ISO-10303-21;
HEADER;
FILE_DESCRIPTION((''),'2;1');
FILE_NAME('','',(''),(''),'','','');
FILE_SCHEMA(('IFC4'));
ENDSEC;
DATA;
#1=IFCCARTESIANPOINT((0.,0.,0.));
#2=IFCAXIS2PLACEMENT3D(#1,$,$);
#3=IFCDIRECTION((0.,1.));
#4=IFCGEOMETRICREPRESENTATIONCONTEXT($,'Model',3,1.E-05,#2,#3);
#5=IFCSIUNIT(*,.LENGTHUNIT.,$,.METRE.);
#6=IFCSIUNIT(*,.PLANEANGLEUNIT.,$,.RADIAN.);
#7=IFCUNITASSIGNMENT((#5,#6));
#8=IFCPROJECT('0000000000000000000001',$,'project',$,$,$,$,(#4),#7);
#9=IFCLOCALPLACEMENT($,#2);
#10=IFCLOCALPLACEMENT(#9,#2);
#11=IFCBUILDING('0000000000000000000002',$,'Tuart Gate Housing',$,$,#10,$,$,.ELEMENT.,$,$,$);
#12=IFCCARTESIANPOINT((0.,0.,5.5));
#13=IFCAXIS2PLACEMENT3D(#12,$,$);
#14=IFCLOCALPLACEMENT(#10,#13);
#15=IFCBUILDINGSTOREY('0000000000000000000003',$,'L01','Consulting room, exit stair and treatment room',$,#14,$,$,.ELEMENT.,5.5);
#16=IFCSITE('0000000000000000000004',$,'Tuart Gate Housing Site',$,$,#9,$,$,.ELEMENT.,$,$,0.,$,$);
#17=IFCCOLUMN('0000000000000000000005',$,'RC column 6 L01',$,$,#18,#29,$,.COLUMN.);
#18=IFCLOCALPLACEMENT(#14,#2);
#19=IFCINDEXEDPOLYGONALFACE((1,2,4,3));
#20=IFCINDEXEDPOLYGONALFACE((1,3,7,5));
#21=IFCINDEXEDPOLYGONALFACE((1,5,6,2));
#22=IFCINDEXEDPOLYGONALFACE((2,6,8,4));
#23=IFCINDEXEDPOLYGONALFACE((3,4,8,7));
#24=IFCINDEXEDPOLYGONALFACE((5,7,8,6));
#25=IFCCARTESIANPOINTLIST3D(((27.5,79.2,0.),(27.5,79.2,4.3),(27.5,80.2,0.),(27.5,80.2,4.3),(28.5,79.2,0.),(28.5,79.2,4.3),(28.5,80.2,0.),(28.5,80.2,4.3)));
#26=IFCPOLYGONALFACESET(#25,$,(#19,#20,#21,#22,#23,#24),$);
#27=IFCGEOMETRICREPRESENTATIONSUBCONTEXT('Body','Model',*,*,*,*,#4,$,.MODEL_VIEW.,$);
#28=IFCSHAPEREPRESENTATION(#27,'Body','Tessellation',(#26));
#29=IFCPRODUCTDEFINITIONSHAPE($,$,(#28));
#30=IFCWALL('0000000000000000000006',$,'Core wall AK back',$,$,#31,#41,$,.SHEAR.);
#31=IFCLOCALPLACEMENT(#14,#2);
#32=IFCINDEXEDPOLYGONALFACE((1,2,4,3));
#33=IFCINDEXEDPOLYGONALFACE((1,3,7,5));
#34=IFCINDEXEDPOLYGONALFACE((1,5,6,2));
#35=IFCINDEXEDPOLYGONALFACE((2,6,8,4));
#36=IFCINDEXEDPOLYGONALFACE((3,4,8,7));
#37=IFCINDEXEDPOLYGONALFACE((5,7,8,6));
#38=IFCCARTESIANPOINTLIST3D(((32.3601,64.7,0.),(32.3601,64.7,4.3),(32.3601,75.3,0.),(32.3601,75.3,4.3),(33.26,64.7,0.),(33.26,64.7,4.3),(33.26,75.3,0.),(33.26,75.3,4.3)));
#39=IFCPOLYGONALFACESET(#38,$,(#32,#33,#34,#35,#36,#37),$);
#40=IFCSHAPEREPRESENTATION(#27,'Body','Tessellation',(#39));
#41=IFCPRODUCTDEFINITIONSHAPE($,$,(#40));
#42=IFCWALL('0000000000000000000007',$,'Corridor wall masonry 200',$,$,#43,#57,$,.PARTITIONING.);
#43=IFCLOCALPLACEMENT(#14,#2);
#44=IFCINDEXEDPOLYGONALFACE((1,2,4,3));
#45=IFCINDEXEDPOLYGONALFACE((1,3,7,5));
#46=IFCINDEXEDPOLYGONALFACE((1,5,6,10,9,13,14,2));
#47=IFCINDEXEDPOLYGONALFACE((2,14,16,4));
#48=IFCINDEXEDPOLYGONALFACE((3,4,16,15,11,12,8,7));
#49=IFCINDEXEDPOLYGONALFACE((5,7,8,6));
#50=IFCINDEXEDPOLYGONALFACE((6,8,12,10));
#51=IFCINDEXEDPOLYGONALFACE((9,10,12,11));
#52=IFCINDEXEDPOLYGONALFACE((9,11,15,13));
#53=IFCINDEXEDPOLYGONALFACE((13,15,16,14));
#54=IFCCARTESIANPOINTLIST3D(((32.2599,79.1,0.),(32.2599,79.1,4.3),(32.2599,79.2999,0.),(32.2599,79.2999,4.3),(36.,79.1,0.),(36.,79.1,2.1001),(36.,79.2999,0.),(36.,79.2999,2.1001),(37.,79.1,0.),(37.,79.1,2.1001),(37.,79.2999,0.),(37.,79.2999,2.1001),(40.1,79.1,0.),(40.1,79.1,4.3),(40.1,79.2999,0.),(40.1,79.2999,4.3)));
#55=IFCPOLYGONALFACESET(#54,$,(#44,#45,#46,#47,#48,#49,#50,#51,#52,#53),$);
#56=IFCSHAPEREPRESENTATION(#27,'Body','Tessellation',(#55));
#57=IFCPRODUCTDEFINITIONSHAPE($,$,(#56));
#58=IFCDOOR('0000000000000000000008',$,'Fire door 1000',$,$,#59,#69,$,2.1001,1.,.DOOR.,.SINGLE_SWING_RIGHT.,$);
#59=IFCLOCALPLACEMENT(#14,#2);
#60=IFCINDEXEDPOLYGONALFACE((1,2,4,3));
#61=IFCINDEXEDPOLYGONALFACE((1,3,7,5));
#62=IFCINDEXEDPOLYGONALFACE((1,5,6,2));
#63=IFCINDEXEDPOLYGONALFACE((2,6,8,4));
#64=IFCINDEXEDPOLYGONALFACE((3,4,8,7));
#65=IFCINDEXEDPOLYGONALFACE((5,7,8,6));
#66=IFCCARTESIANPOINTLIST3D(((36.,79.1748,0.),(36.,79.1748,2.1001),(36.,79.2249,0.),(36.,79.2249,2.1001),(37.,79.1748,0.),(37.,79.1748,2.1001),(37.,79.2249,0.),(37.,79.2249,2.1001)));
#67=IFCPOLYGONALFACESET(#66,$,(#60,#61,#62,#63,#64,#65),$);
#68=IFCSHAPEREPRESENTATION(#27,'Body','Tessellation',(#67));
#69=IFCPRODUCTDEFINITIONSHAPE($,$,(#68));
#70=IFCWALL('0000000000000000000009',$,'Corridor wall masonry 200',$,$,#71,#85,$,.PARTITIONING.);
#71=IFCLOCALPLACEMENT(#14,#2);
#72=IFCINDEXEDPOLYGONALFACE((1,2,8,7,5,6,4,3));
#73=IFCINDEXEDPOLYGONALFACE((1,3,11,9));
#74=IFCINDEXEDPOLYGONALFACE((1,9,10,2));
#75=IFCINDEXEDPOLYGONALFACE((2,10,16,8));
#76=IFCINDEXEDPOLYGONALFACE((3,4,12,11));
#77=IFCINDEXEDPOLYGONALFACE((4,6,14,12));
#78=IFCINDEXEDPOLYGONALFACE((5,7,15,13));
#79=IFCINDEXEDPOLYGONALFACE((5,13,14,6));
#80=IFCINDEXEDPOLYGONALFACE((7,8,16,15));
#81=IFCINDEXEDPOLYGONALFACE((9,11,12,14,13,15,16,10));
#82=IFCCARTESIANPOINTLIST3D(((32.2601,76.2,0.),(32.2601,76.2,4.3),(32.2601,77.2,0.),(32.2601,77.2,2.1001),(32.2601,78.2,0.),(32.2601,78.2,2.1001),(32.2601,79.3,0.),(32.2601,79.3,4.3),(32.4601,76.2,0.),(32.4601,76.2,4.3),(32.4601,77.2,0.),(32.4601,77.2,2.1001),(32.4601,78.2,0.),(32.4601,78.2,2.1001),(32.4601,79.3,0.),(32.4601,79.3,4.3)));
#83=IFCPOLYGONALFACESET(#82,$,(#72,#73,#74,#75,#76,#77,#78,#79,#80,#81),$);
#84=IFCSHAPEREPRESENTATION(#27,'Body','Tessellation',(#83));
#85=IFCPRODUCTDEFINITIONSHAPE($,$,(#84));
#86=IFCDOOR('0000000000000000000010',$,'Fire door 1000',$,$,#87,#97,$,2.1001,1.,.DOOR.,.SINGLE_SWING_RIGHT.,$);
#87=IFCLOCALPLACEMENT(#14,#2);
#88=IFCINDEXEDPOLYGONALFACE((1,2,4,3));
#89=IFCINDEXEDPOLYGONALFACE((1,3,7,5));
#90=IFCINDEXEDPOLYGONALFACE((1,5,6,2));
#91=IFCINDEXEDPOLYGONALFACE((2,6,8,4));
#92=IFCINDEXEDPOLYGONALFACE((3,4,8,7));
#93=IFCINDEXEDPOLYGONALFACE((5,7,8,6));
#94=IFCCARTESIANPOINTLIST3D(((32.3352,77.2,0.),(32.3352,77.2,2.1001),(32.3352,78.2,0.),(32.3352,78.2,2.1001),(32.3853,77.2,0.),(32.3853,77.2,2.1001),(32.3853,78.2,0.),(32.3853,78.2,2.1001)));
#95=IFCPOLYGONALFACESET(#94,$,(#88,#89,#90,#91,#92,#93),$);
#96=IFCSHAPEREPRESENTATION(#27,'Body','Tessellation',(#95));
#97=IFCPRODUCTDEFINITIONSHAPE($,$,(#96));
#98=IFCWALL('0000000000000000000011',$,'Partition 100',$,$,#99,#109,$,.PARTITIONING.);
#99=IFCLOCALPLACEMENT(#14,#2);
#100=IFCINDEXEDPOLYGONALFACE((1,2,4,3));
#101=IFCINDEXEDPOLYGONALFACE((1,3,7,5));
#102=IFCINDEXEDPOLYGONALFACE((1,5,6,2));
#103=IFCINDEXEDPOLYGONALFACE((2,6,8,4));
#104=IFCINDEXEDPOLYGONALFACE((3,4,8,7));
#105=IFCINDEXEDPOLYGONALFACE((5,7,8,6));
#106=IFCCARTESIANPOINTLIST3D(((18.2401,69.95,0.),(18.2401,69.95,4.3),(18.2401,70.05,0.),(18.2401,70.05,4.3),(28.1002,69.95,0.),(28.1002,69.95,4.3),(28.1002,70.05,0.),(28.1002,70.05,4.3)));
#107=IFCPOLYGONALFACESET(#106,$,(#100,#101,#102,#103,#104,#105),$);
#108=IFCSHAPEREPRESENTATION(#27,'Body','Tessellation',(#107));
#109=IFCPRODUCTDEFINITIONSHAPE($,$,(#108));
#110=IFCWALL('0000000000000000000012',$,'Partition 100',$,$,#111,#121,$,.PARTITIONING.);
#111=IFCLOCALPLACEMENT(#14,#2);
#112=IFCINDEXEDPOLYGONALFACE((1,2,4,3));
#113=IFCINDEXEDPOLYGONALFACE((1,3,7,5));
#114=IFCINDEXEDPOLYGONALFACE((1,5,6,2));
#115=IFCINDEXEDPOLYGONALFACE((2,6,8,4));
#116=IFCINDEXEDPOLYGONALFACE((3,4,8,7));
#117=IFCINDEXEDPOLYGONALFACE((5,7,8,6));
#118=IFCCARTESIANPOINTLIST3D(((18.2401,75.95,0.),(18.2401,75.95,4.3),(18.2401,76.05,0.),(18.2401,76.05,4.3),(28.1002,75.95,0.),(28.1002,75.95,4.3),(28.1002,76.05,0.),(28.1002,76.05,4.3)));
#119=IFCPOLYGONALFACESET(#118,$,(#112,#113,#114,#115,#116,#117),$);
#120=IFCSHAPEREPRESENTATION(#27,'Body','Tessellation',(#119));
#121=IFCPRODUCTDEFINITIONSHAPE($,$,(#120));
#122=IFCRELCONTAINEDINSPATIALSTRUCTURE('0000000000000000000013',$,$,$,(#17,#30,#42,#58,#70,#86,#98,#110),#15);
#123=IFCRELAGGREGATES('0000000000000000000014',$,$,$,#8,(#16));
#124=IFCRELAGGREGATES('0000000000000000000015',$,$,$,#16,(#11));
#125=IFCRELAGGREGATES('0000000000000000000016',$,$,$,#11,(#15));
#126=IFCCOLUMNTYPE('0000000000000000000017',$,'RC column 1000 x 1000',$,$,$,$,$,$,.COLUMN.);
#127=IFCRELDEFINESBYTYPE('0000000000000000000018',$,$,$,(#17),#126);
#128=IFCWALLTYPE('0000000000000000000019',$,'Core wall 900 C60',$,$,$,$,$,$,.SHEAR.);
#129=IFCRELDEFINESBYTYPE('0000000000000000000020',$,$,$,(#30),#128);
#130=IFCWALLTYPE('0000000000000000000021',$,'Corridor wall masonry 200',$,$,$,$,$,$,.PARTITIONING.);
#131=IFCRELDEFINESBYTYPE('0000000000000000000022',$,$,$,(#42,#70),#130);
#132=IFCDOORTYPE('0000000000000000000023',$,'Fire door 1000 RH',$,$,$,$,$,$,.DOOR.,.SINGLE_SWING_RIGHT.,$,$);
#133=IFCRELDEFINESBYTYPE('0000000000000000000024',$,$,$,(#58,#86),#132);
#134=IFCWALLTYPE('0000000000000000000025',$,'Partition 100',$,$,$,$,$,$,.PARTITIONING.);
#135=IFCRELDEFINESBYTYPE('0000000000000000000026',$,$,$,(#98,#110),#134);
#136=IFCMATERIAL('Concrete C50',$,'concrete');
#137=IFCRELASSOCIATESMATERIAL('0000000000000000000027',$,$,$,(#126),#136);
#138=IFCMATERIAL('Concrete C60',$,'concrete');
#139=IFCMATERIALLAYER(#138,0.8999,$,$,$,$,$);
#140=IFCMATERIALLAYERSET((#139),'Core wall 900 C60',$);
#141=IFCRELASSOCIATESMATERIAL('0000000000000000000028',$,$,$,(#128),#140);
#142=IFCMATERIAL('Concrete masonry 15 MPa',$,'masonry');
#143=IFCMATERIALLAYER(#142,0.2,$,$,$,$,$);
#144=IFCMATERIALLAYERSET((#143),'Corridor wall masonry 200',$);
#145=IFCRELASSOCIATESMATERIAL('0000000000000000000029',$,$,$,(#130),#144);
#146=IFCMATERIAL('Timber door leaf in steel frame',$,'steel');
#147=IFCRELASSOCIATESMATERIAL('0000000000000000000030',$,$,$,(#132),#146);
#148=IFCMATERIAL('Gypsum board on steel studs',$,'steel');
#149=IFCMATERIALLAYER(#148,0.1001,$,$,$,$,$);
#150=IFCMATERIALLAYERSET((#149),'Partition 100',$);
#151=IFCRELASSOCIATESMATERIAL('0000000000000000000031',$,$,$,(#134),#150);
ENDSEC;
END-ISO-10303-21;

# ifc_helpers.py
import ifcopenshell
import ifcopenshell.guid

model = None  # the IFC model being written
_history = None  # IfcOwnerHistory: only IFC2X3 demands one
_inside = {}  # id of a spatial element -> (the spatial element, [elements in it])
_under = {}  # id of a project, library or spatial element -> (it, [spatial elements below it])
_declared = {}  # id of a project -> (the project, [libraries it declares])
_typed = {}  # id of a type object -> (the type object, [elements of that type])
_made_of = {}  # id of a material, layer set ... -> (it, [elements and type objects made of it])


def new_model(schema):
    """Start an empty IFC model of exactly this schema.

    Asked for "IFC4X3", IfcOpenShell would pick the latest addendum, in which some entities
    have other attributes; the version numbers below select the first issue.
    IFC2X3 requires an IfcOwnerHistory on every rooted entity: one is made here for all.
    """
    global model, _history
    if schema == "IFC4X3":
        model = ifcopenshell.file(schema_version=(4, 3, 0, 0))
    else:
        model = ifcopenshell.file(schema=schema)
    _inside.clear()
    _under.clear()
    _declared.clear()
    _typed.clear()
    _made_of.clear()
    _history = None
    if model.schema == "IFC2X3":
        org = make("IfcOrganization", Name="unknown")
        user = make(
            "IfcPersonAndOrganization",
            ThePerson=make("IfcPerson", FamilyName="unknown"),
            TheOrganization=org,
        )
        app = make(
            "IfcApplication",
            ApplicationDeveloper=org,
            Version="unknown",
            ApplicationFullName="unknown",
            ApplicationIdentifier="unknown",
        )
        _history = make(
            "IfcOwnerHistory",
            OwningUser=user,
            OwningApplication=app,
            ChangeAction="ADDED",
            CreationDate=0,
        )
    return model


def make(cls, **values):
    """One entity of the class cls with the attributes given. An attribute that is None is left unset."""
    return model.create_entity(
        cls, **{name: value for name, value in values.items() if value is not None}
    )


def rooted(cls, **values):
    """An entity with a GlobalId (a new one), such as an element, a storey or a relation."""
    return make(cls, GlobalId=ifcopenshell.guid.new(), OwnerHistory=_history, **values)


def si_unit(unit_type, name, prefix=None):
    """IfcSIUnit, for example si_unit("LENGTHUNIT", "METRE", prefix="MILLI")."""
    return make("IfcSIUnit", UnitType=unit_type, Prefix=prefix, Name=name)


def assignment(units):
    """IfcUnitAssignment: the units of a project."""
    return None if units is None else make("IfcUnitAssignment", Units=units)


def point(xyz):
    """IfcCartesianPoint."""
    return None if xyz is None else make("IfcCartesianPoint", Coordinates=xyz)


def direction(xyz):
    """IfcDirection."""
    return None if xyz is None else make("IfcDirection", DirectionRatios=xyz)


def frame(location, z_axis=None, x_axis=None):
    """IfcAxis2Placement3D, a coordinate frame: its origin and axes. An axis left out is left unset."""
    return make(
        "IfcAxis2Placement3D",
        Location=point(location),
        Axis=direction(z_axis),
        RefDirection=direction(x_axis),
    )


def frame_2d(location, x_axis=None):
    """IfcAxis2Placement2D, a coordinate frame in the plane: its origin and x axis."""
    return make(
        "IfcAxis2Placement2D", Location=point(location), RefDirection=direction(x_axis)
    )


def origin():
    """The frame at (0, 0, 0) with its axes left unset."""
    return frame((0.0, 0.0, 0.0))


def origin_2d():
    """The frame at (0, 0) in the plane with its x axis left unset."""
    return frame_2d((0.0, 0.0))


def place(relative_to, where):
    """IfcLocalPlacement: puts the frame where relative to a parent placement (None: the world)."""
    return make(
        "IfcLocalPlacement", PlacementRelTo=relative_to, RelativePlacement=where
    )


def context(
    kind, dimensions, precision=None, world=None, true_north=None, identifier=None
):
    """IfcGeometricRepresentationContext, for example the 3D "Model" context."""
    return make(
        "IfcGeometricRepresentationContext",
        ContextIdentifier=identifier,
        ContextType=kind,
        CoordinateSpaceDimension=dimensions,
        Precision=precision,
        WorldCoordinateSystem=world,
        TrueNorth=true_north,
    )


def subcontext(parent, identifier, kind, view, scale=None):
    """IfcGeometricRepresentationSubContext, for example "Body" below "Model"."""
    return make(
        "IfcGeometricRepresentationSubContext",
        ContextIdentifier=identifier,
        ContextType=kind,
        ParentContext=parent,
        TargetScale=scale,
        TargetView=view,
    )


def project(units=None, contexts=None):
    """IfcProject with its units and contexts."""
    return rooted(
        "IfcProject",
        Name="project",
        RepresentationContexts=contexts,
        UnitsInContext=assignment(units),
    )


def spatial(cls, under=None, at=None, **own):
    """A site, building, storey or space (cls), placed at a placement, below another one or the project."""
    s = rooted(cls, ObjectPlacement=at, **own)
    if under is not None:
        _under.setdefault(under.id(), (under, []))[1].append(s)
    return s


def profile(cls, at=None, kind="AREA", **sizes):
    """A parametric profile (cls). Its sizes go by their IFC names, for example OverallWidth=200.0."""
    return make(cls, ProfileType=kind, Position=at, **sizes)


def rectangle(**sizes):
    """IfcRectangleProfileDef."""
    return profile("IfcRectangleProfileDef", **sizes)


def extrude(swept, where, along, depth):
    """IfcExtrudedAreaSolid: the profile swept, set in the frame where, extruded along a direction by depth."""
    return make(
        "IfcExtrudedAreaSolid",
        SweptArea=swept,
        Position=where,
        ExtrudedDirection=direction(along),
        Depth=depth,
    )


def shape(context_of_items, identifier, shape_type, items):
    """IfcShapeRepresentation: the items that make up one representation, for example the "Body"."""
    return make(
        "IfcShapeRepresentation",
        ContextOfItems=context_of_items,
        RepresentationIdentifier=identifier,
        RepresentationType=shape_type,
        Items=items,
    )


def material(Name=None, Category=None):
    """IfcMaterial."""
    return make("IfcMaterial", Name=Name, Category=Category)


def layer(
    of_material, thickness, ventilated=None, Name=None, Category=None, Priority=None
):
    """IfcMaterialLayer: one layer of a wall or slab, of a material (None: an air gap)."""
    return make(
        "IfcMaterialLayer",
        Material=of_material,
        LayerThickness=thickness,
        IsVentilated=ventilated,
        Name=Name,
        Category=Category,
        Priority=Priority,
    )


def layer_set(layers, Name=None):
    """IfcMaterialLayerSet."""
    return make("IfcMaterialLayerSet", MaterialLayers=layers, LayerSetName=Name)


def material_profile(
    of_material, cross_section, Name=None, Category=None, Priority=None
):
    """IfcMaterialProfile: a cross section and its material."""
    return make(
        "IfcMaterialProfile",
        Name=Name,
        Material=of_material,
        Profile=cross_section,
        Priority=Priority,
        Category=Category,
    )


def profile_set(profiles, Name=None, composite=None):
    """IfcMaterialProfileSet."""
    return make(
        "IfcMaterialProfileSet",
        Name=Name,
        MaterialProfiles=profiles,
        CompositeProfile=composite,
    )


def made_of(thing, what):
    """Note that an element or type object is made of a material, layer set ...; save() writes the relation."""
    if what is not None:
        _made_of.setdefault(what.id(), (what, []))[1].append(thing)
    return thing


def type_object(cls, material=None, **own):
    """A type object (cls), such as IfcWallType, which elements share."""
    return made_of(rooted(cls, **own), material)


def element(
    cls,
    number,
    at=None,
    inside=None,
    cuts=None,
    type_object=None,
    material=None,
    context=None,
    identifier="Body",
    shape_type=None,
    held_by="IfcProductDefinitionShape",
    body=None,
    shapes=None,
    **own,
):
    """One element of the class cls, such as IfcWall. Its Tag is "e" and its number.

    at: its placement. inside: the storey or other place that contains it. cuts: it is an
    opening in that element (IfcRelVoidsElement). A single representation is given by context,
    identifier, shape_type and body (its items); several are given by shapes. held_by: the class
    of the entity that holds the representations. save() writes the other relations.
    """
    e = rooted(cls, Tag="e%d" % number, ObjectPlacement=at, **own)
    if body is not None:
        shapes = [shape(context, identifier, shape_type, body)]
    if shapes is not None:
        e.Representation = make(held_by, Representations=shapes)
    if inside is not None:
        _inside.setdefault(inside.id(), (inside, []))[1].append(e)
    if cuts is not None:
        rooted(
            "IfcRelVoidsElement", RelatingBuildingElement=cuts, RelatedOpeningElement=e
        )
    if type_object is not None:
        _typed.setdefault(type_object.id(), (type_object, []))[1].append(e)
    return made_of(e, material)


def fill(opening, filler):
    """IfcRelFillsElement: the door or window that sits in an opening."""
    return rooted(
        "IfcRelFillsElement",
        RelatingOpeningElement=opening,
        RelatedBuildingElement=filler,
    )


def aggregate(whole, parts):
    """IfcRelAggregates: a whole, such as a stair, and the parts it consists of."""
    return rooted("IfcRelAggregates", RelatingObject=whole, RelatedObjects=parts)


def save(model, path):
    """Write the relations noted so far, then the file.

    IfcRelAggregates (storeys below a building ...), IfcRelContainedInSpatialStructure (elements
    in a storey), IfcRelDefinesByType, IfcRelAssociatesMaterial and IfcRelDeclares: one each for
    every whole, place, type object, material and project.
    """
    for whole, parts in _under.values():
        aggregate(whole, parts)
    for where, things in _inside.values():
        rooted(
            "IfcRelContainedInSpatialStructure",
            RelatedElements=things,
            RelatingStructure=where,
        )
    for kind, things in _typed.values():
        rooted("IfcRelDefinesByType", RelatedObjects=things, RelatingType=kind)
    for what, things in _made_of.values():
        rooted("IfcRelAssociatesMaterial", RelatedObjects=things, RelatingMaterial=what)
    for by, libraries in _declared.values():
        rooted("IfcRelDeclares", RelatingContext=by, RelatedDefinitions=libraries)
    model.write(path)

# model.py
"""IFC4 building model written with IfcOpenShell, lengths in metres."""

from ifc_helpers import new_model, si_unit, direction, frame, frame_2d, origin, origin_2d, place, context, subcontext, project, spatial, rectangle, extrude, material, layer, layer_set, material_profile, profile_set, type_object, element, fill, save


model = new_model("IFC4")

# Units and contexts
model_context = context("Model", 3, precision=1e-05, world=origin(), true_north=direction((0.0, 1.0)))
body_context = subcontext(model_context, "Body", "Model", "MODEL_VIEW")
ifc_project = project(units=[si_unit("LENGTHUNIT", "METRE"), si_unit("PLANEANGLEUNIT", "RADIAN")], contexts=[model_context])

# Site, building, storey
site_placement = place(None, origin())
site = spatial("IfcSite", under=ifc_project, at=site_placement, Name="Tuart Gate Housing Site", CompositionType="ELEMENT", RefElevation=0.0)
building_placement = place(site_placement, origin())
building = spatial("IfcBuilding", under=site, at=building_placement, Name="Tuart Gate Housing", CompositionType="ELEMENT")
storey_placement = place(building_placement, frame((0.0, 0.0, 5.5)))
storey = spatial("IfcBuildingStorey", under=building, at=storey_placement, Name="L01", Description="Consulting room, exit stair and treatment room", CompositionType="ELEMENT", Elevation=5.5)

# Column
ifc_material_1 = material(Name="Concrete C50", Category="concrete")
ifc_material_profile = material_profile(ifc_material_1, rectangle(XDim=1.0, YDim=1.0, at=origin_2d()), Name="RC column 1000 x 1000")
ifc_profile_set = profile_set([ifc_material_profile], Name="Concrete C50")
column_type = type_object("IfcColumnType", Name="RC column 1000 x 1000", PredefinedType="COLUMN", material=ifc_profile_set)
column_placement = place(storey_placement, frame((28.0, 79.7, 0.0), z_axis=(0.0, 0.0, 1.0), x_axis=(1.0, 0.0, 0.0)))
element("IfcColumn", 1, at=column_placement, inside=storey, type_object=column_type, Name="RC column 6 L01", PredefinedType="COLUMN", context=body_context, shape_type="SweptSolid", body=[
    extrude(rectangle(XDim=1.0, YDim=1.0, at=origin_2d()), origin(), (0.0, 0.0, 1.0), 4.3),
])

# Wall
ifc_material_2 = material(Name="Concrete C60", Category="concrete")
ifc_layer_1 = layer(ifc_material_2, 0.8999)
ifc_layer_set_1 = layer_set([ifc_layer_1], Name="Core wall 900 C60")
wall_type_1 = type_object("IfcWallType", Name="Core wall 900 C60", PredefinedType="SHEAR", material=ifc_layer_set_1)
wall_1_placement = place(storey_placement, frame((32.8101, 75.3, 0.0), z_axis=(0.0, 0.0, 1.0), x_axis=(0.0, -1.0, 0.0)))
element("IfcWall", 2, at=wall_1_placement, inside=storey, type_object=wall_type_1, Name="Core wall AK back", PredefinedType="SHEAR", context=body_context, shape_type="SweptSolid", body=[
    extrude(rectangle(XDim=10.6001, YDim=0.8999, at=frame_2d((5.3, 0.0))), origin(), (0.0, 0.0, 1.0), 4.3),
])

# Walls, openings, doors
ifc_material_3 = material(Name="Concrete masonry 15 MPa", Category="masonry")
ifc_layer_2 = layer(ifc_material_3, 0.2)
ifc_layer_set_2 = layer_set([ifc_layer_2], Name="Corridor wall masonry 200")
wall_type_2 = type_object("IfcWallType", Name="Corridor wall masonry 200", PredefinedType="PARTITIONING", material=ifc_layer_set_2)
wall_2_placement = place(storey_placement, frame((32.26, 79.2, 0.0), z_axis=(0.0, 0.0, 1.0), x_axis=(1.0, 0.0, 0.0)))
wall_2 = element("IfcWall", 3, at=wall_2_placement, inside=storey, type_object=wall_type_2, Name="Corridor wall masonry 200", PredefinedType="PARTITIONING", context=body_context, shape_type="SweptSolid", body=[
    extrude(rectangle(XDim=7.8401, YDim=0.2, at=frame_2d((3.9199, 0.0))), origin(), (0.0, 0.0, 1.0), 4.3),
])
opening_1_placement = place(wall_2_placement, frame((3.74, 0.0, 0.0)))
opening_1 = element("IfcOpeningElement", 4, at=opening_1_placement, cuts=wall_2, PredefinedType="OPENING", context=body_context, shape_type="SweptSolid", body=[
    extrude(rectangle(XDim=1.0, YDim=2.1001, at=frame_2d((0.5, 1.05))), frame((0.0, 0.1099, 0.0), z_axis=(0.0, -1.0, 0.0), x_axis=(1.0, 0.0, 0.0)), (0.0, 0.0, 1.0), 0.22),
])
ifc_material_4 = material(Name="Timber door leaf in steel frame", Category="steel")
door_type = type_object("IfcDoorType", Name="Fire door 1000 RH", OperationType="SINGLE_SWING_RIGHT", PredefinedType="DOOR", material=ifc_material_4)
door_1_placement = place(opening_1_placement, frame((1.0, 0.0, 0.0), z_axis=(0.0, 0.0, 1.0), x_axis=(-1.0, 0.0, 0.0)))
door_1 = element("IfcDoor", 5, at=door_1_placement, inside=storey, type_object=door_type, Name="Fire door 1000", OperationType="SINGLE_SWING_RIGHT", OverallHeight=2.1001, OverallWidth=1.0, PredefinedType="DOOR", context=body_context, shape_type="SweptSolid", body=[
    extrude(rectangle(XDim=1.0, YDim=2.1001, at=frame_2d((0.5, 1.05))), frame((0.0, 0.0251, 0.0), z_axis=(0.0, -1.0, 0.0), x_axis=(1.0, 0.0, 0.0)), (0.0, 0.0, 1.0), 0.05),
])
fill(opening_1, door_1)
wall_3_placement = place(storey_placement, frame((32.3601, 76.2, 0.0), z_axis=(0.0, 0.0, 1.0), x_axis=(0.0, 1.0, 0.0)))
wall_3 = element("IfcWall", 6, at=wall_3_placement, inside=storey, type_object=wall_type_2, Name="Corridor wall masonry 200", PredefinedType="PARTITIONING", context=body_context, shape_type="SweptSolid", body=[
    extrude(rectangle(XDim=3.1001, YDim=0.2, at=frame_2d((1.55, 0.0))), origin(), (0.0, 0.0, 1.0), 4.3),
])
opening_2_placement = place(wall_3_placement, frame((1.0, 0.0, 0.0)))
opening_2 = element("IfcOpeningElement", 7, at=opening_2_placement, cuts=wall_3, PredefinedType="OPENING", context=body_context, shape_type="SweptSolid", body=[
    extrude(rectangle(XDim=1.0, YDim=2.1001, at=frame_2d((0.5, 1.05))), frame((0.0, 0.1099, 0.0), z_axis=(0.0, -1.0, 0.0), x_axis=(1.0, 0.0, 0.0)), (0.0, 0.0, 1.0), 0.22),
])
door_2_placement = place(opening_2_placement, frame((1.0, 0.0, 0.0), z_axis=(0.0, 0.0, 1.0), x_axis=(-1.0, 0.0, 0.0)))
door_2 = element("IfcDoor", 8, at=door_2_placement, inside=storey, type_object=door_type, Name="Fire door 1000", OperationType="SINGLE_SWING_RIGHT", OverallHeight=2.1001, OverallWidth=1.0, PredefinedType="DOOR", context=body_context, shape_type="SweptSolid", body=[
    extrude(rectangle(XDim=1.0, YDim=2.1001, at=frame_2d((0.5, 1.05))), frame((0.0, 0.0251, 0.0), z_axis=(0.0, -1.0, 0.0), x_axis=(1.0, 0.0, 0.0)), (0.0, 0.0, 1.0), 0.05),
])
fill(opening_2, door_2)

# Walls
ifc_material_5 = material(Name="Gypsum board on steel studs", Category="steel")
ifc_layer_3 = layer(ifc_material_5, 0.1001)
ifc_layer_set_3 = layer_set([ifc_layer_3], Name="Partition 100")
wall_type_3 = type_object("IfcWallType", Name="Partition 100", PredefinedType="PARTITIONING", material=ifc_layer_set_3)
for number, where, z_axis, x_axis, name in (
    (9, (18.24, 70.0, 0.0), (0.0, 0.0, 1.0), (1.0, 0.0, 0.0), "Partition 100"),
    (10, (18.24, 76.0, 0.0), (0.0, 0.0, 1.0), (1.0, 0.0, 0.0), "Partition 100"),
):
    element("IfcWall", number, at=place(storey_placement, frame(where, z_axis=z_axis, x_axis=x_axis)), inside=storey, type_object=wall_type_3, Name=name, PredefinedType="PARTITIONING", context=body_context, shape_type="SweptSolid", body=[
        extrude(rectangle(XDim=9.8601, YDim=0.1001, at=frame_2d((4.9302, 0.0))), origin(), (0.0, 0.0, 1.0), 4.3),
    ])

save(model, "model.ifc")
